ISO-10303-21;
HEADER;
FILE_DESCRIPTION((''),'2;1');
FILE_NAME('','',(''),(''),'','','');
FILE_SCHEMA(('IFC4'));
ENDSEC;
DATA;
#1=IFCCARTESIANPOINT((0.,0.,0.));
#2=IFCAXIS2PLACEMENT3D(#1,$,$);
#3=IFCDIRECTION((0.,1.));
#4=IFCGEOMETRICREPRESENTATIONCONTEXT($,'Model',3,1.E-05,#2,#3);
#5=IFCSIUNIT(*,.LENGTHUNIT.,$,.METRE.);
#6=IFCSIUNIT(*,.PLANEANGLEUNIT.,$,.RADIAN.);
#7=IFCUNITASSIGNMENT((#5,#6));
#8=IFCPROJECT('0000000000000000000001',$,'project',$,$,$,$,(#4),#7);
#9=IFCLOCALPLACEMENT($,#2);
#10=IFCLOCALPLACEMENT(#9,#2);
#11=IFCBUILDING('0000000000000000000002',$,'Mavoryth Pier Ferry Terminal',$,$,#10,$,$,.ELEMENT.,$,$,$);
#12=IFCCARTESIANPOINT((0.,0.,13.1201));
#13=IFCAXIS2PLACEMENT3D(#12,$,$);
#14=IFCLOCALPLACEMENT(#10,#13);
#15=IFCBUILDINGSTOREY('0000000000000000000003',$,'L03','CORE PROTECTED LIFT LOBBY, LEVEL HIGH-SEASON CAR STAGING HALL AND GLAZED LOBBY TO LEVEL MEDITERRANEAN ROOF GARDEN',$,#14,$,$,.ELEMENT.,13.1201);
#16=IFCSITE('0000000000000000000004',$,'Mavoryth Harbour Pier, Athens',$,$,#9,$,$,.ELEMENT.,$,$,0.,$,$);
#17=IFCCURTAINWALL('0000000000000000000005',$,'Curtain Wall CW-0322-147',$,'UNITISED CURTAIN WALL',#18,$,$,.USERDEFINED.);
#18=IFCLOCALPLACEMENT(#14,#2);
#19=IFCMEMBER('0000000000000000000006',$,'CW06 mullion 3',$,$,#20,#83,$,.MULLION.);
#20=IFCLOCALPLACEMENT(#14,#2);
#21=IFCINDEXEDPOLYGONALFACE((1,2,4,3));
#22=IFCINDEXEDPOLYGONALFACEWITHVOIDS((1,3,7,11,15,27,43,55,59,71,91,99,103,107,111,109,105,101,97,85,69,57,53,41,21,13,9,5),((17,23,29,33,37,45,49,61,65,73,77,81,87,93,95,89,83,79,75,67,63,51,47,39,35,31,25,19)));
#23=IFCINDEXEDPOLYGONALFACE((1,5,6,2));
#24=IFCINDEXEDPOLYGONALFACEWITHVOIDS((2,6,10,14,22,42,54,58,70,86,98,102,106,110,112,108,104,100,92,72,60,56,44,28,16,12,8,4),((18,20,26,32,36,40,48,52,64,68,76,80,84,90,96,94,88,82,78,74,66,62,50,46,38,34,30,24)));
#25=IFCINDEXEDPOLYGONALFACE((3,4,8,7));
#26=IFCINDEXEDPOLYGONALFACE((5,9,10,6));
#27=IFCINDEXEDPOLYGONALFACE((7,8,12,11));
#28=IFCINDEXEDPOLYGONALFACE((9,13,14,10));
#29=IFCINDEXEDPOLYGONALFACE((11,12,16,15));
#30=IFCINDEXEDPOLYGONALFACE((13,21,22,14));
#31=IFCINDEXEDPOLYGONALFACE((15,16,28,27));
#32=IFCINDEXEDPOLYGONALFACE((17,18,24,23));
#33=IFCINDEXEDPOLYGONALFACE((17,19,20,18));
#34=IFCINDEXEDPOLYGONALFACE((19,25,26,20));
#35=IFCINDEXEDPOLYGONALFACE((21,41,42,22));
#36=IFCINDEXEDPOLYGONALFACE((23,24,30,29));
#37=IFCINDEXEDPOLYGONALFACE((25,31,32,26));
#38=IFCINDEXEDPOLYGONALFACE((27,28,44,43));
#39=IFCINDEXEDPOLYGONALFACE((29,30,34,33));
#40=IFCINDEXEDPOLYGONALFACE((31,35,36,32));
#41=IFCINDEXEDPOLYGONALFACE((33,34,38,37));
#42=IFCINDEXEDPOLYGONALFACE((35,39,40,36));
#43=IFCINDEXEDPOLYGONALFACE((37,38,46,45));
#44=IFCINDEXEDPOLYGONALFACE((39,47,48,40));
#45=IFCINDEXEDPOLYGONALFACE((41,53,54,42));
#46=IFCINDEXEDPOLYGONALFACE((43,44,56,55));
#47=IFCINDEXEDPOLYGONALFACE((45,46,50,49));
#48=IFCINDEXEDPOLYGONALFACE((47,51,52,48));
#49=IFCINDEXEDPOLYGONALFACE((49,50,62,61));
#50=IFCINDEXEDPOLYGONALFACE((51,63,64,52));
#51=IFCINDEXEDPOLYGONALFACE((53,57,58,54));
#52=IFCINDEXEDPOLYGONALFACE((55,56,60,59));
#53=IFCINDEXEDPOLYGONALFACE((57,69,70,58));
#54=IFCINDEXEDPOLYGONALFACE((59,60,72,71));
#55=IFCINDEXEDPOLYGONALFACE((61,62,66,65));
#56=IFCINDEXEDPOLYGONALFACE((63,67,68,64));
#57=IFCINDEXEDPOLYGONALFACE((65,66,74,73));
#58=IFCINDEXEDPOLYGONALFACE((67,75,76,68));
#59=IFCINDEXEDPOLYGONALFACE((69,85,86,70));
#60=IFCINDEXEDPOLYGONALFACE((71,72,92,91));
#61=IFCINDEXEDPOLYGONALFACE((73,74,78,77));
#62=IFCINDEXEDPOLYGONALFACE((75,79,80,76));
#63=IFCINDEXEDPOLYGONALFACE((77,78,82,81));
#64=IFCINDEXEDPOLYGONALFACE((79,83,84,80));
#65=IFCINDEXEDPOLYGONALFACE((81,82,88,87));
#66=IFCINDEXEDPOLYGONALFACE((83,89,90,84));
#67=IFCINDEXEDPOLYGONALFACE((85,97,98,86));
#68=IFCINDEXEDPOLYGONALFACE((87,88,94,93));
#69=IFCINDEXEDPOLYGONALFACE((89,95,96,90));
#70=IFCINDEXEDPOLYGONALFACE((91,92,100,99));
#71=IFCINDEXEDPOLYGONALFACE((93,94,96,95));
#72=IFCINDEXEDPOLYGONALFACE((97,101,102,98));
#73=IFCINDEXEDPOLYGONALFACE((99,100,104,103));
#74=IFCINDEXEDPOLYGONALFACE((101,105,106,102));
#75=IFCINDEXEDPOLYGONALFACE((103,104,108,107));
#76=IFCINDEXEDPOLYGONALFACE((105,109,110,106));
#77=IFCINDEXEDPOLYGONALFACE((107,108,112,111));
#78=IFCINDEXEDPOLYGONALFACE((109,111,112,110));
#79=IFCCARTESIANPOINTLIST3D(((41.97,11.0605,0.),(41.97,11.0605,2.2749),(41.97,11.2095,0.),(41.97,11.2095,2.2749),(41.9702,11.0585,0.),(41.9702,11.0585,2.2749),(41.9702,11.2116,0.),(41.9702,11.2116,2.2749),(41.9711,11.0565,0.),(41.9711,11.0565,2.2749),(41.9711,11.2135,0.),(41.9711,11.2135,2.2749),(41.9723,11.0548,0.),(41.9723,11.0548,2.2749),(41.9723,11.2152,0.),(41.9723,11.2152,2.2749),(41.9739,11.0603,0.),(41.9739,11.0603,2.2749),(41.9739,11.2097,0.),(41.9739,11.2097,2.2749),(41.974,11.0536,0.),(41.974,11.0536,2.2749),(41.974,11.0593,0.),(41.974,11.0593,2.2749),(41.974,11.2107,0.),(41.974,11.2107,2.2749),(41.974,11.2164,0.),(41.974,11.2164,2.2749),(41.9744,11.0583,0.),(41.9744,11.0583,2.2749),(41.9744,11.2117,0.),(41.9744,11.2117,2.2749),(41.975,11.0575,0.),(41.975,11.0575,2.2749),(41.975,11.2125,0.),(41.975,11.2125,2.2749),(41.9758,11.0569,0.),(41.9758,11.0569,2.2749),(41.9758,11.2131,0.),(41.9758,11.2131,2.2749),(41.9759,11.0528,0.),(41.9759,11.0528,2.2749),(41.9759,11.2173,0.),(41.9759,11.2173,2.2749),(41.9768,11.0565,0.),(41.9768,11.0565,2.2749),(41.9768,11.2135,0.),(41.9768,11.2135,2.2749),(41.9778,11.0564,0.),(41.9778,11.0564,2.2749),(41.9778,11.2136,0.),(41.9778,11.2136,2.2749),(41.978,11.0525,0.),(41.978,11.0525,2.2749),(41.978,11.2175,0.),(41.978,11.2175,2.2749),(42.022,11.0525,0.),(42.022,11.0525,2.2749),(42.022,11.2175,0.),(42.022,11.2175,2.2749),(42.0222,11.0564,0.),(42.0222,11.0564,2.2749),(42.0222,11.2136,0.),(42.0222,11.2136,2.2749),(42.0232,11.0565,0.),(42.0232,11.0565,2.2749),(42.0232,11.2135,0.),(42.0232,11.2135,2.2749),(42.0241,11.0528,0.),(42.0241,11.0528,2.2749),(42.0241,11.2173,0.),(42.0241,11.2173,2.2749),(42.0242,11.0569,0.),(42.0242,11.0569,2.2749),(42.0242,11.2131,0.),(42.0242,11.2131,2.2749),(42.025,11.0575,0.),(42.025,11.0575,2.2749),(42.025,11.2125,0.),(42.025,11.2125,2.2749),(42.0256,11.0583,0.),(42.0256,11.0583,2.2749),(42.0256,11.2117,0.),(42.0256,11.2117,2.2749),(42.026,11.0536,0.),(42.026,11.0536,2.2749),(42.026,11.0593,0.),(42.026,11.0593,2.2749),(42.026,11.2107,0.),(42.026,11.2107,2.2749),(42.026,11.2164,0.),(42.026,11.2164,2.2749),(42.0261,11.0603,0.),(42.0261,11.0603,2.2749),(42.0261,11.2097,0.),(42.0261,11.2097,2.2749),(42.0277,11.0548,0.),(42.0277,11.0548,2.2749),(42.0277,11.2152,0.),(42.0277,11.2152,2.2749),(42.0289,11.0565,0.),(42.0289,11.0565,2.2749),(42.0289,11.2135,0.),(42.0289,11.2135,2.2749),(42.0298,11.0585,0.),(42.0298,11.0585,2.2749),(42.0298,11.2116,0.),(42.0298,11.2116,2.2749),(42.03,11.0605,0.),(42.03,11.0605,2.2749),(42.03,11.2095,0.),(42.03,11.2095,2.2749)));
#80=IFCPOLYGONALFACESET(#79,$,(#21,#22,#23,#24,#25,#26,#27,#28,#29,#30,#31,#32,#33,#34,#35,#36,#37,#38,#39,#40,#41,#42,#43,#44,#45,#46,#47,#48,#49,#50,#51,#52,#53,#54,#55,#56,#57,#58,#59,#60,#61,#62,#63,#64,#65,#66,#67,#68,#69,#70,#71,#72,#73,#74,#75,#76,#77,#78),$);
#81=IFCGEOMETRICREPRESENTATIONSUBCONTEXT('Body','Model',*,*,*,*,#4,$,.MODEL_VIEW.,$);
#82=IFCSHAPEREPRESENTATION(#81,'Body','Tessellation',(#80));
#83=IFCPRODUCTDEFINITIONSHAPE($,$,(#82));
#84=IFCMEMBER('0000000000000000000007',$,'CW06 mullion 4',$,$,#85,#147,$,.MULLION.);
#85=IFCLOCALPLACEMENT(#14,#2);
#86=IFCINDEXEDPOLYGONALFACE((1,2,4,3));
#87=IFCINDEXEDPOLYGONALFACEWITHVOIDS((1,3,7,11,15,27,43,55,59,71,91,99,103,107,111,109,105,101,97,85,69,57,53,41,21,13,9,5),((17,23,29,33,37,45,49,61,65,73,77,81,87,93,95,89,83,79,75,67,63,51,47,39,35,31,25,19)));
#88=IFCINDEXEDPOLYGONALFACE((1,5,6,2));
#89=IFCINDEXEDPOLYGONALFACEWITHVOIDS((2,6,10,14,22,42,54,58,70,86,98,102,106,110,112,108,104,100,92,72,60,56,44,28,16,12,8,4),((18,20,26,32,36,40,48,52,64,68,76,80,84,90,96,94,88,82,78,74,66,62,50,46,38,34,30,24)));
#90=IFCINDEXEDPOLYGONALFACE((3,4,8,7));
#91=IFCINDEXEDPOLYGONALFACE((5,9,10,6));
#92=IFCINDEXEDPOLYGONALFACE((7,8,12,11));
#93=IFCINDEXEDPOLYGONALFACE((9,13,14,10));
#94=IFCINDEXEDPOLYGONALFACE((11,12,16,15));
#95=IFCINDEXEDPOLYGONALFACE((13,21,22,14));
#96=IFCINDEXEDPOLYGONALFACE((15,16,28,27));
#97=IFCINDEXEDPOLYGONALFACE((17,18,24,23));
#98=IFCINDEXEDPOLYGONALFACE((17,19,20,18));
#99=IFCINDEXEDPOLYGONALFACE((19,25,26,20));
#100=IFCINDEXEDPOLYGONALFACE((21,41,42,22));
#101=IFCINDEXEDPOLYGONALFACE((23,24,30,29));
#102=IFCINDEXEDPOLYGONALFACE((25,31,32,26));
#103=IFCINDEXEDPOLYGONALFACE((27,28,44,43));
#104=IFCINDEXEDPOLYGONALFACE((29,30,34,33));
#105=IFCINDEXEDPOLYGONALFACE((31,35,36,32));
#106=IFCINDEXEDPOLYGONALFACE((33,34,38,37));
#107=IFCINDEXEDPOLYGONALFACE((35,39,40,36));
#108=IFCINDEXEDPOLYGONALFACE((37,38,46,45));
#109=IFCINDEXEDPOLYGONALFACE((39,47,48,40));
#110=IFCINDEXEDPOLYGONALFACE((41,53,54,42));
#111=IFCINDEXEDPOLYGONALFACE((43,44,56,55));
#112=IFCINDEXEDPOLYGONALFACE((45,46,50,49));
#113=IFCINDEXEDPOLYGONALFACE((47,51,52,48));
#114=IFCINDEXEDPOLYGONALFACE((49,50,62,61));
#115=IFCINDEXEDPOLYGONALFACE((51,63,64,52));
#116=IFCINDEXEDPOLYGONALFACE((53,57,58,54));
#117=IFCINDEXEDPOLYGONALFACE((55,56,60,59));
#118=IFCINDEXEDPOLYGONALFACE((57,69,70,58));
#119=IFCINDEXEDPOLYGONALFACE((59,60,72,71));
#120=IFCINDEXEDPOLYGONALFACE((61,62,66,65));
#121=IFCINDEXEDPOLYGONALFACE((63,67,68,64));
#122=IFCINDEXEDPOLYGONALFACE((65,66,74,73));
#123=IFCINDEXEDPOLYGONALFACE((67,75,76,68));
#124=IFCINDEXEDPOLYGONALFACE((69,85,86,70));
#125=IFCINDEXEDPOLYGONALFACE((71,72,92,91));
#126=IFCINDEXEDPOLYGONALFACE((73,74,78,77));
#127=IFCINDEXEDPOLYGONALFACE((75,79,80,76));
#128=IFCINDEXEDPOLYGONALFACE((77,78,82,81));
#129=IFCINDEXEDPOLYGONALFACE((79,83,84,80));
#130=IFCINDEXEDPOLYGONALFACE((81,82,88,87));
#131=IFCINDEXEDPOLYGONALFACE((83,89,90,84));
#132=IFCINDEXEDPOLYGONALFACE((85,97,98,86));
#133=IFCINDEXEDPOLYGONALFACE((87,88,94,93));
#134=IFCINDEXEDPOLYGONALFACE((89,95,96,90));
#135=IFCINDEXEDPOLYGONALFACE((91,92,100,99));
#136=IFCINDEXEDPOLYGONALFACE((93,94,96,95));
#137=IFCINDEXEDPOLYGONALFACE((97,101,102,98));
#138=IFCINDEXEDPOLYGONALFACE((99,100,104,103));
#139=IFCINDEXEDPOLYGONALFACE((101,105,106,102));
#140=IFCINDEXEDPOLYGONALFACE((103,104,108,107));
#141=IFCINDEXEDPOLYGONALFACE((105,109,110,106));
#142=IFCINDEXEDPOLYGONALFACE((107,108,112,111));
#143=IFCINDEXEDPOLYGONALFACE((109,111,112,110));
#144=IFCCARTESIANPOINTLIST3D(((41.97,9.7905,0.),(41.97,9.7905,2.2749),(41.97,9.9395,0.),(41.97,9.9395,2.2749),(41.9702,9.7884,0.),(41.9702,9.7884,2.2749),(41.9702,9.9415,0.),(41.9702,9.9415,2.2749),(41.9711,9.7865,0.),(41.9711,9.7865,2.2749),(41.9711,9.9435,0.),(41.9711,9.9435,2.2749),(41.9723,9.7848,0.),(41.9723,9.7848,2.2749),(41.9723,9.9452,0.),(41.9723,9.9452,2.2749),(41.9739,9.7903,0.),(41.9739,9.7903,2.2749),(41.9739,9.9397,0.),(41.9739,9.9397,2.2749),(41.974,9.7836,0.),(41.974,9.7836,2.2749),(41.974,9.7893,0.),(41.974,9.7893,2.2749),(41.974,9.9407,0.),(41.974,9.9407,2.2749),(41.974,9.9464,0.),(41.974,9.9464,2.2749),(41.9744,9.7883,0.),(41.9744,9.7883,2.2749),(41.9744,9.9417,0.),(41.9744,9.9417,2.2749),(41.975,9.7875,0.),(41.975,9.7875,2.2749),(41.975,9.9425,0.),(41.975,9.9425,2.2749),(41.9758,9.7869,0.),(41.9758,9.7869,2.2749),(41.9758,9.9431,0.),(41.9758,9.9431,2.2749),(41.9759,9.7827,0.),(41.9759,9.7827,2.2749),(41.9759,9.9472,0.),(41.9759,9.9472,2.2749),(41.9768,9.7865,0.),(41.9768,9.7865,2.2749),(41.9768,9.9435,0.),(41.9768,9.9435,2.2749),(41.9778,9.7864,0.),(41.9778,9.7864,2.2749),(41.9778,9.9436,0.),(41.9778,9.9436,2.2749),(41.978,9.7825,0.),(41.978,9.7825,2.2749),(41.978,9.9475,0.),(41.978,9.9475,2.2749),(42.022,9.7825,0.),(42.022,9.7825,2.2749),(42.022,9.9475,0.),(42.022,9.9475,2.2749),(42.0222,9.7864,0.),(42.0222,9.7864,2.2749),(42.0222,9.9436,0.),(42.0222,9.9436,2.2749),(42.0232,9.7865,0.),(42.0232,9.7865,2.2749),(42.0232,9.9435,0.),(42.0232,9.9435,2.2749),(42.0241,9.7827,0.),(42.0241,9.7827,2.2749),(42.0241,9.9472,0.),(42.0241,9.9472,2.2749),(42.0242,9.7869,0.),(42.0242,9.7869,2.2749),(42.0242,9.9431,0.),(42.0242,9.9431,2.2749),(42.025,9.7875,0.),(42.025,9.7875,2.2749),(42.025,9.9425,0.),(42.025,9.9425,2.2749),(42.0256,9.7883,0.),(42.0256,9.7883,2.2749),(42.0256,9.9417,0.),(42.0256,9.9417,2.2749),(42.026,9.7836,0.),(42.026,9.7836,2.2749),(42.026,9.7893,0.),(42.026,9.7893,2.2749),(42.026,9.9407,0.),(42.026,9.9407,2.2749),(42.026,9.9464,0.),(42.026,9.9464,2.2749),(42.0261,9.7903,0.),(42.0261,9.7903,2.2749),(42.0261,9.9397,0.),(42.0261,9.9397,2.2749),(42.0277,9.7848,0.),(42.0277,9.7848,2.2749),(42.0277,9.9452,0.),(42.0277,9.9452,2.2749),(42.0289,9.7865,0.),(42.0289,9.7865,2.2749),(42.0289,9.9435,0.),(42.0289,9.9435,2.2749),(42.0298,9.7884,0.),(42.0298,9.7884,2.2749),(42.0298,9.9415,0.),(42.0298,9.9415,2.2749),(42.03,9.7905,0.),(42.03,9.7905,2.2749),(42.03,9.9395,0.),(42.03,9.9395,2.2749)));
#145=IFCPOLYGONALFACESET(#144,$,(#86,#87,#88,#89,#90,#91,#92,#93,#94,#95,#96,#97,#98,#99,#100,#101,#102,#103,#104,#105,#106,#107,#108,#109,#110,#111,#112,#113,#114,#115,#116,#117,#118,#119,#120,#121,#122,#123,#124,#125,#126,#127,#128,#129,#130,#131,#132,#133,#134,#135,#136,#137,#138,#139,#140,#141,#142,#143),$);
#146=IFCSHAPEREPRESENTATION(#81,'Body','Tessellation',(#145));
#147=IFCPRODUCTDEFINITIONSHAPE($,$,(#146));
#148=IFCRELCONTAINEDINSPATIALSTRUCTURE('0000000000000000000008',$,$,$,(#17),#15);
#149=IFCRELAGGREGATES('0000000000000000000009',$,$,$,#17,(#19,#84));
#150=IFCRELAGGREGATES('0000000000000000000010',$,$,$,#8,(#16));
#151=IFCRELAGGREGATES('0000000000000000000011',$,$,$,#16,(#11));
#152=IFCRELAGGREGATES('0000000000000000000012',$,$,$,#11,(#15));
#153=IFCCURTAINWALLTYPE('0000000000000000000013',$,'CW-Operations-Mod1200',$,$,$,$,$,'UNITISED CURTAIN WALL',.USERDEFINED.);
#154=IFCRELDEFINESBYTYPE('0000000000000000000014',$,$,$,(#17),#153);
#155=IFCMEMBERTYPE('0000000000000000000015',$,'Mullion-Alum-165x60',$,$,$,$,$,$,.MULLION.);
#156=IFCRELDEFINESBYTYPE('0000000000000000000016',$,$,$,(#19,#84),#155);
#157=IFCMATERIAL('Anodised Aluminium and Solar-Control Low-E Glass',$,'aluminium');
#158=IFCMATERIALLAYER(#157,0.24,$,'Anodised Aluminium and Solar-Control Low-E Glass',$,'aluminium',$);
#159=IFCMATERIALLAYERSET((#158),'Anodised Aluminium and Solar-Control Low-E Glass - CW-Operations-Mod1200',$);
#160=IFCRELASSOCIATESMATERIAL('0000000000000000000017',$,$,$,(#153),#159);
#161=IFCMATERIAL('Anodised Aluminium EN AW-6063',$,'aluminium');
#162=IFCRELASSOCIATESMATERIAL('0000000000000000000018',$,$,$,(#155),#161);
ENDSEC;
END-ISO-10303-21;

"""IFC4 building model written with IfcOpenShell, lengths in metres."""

from ifc_helpers import new_model, si_unit, direction, frame, origin, origin_2d, place, context, subcontext, project, spatial, hollow_rectangle, extrude, material, layer, layer_set, material_profile, profile_set, type_object, element, aggregate, save


model = new_model("IFC4")

# Units and contexts
model_context = context("Model", 3, precision=1e-05, world=origin(), true_north=direction((0.0, 1.0)))
body_context = subcontext(model_context, "Body", "Model", "MODEL_VIEW")
ifc_project = project(units=[si_unit("LENGTHUNIT", "METRE"), si_unit("PLANEANGLEUNIT", "RADIAN")], contexts=[model_context])

# Site, building, storey
site_placement = place(None, origin())
site = spatial("IfcSite", under=ifc_project, at=site_placement, Name="Mavoryth Harbour Pier, Athens", CompositionType="ELEMENT", RefElevation=0.0)
building_placement = place(site_placement, origin())
building = spatial("IfcBuilding", under=site, at=building_placement, Name="Mavoryth Pier Ferry Terminal", CompositionType="ELEMENT")
storey_placement = place(building_placement, frame((0.0, 0.0, 13.1201)))
storey = spatial("IfcBuildingStorey", under=building, at=storey_placement, Name="L03", Description="CORE PROTECTED LIFT LOBBY, LEVEL HIGH-SEASON CAR STAGING HALL AND GLAZED LOBBY TO LEVEL MEDITERRANEAN ROOF GARDEN", CompositionType="ELEMENT", Elevation=13.1201)

# Curtain wall, members
ifc_material_1 = material(Name="Anodised Aluminium and Solar-Control Low-E Glass", Category="aluminium")
ifc_layer_1 = layer(ifc_material_1, 0.24, Name="Anodised Aluminium and Solar-Control Low-E Glass", Category="aluminium")
ifc_layer_set_1 = layer_set([ifc_layer_1], Name="Anodised Aluminium and Solar-Control Low-E Glass - CW-Operations-Mod1200")
curtain_wall_type = type_object("IfcCurtainWallType", Name="CW-Operations-Mod1200", ElementType="UNITISED CURTAIN WALL", PredefinedType="USERDEFINED", material=ifc_layer_set_1)
curtain_wall_1_placement = place(storey_placement, origin())
curtain_wall_1 = element("IfcCurtainWall", 1, at=curtain_wall_1_placement, inside=storey, type_object=curtain_wall_type, Name="Curtain Wall CW-0322-147", ObjectType="UNITISED CURTAIN WALL", PredefinedType="USERDEFINED")
ifc_material_2 = material(Name="Anodised Aluminium EN AW-6063", Category="aluminium")
ifc_material_profile_1 = material_profile(ifc_material_2, hollow_rectangle(XDim=0.0601, YDim=0.165, WallThickness=0.0039, InnerFilletRadius=0.0039, OuterFilletRadius=0.0081, at=origin_2d()), Name="AL-MULL 165x60x4", Category="aluminium")
ifc_profile_set_1 = profile_set([ifc_material_profile_1], Name="Anodised Aluminium EN AW-6063 - AL-MULL 165x60x4")
member_type_1 = type_object("IfcMemberType", Name="Mullion-Alum-165x60", PredefinedType="MULLION", material=ifc_profile_set_1)
member_1_placement = place(storey_placement, frame((42.0, 11.135, 0.0), z_axis=(0.0, 0.0, 1.0), x_axis=(1.0, 0.0, 0.0)))
member_1 = element("IfcMember", 2, at=member_1_placement, type_object=member_type_1, Name="CW06 mullion 3", PredefinedType="MULLION", context=body_context, shape_type="SweptSolid", body=[
    extrude(hollow_rectangle(XDim=0.0601, YDim=0.165, WallThickness=0.0039, InnerFilletRadius=0.0039, OuterFilletRadius=0.0081, at=origin_2d()), origin(), (0.0, 0.0, 1.0), 2.2749),
])
member_2_placement = place(storey_placement, frame((42.0, 9.865, 0.0), z_axis=(0.0, 0.0, 1.0), x_axis=(1.0, 0.0, 0.0)))
member_2 = element("IfcMember", 3, at=member_2_placement, type_object=member_type_1, Name="CW06 mullion 4", PredefinedType="MULLION", context=body_context, shape_type="SweptSolid", body=[
    extrude(hollow_rectangle(XDim=0.0601, YDim=0.165, WallThickness=0.0039, InnerFilletRadius=0.0039, OuterFilletRadius=0.0081, at=origin_2d()), origin(), (0.0, 0.0, 1.0), 2.2749),
])
aggregate(curtain_wall_1, [member_1, member_2])

save(model, "model.ifc")
